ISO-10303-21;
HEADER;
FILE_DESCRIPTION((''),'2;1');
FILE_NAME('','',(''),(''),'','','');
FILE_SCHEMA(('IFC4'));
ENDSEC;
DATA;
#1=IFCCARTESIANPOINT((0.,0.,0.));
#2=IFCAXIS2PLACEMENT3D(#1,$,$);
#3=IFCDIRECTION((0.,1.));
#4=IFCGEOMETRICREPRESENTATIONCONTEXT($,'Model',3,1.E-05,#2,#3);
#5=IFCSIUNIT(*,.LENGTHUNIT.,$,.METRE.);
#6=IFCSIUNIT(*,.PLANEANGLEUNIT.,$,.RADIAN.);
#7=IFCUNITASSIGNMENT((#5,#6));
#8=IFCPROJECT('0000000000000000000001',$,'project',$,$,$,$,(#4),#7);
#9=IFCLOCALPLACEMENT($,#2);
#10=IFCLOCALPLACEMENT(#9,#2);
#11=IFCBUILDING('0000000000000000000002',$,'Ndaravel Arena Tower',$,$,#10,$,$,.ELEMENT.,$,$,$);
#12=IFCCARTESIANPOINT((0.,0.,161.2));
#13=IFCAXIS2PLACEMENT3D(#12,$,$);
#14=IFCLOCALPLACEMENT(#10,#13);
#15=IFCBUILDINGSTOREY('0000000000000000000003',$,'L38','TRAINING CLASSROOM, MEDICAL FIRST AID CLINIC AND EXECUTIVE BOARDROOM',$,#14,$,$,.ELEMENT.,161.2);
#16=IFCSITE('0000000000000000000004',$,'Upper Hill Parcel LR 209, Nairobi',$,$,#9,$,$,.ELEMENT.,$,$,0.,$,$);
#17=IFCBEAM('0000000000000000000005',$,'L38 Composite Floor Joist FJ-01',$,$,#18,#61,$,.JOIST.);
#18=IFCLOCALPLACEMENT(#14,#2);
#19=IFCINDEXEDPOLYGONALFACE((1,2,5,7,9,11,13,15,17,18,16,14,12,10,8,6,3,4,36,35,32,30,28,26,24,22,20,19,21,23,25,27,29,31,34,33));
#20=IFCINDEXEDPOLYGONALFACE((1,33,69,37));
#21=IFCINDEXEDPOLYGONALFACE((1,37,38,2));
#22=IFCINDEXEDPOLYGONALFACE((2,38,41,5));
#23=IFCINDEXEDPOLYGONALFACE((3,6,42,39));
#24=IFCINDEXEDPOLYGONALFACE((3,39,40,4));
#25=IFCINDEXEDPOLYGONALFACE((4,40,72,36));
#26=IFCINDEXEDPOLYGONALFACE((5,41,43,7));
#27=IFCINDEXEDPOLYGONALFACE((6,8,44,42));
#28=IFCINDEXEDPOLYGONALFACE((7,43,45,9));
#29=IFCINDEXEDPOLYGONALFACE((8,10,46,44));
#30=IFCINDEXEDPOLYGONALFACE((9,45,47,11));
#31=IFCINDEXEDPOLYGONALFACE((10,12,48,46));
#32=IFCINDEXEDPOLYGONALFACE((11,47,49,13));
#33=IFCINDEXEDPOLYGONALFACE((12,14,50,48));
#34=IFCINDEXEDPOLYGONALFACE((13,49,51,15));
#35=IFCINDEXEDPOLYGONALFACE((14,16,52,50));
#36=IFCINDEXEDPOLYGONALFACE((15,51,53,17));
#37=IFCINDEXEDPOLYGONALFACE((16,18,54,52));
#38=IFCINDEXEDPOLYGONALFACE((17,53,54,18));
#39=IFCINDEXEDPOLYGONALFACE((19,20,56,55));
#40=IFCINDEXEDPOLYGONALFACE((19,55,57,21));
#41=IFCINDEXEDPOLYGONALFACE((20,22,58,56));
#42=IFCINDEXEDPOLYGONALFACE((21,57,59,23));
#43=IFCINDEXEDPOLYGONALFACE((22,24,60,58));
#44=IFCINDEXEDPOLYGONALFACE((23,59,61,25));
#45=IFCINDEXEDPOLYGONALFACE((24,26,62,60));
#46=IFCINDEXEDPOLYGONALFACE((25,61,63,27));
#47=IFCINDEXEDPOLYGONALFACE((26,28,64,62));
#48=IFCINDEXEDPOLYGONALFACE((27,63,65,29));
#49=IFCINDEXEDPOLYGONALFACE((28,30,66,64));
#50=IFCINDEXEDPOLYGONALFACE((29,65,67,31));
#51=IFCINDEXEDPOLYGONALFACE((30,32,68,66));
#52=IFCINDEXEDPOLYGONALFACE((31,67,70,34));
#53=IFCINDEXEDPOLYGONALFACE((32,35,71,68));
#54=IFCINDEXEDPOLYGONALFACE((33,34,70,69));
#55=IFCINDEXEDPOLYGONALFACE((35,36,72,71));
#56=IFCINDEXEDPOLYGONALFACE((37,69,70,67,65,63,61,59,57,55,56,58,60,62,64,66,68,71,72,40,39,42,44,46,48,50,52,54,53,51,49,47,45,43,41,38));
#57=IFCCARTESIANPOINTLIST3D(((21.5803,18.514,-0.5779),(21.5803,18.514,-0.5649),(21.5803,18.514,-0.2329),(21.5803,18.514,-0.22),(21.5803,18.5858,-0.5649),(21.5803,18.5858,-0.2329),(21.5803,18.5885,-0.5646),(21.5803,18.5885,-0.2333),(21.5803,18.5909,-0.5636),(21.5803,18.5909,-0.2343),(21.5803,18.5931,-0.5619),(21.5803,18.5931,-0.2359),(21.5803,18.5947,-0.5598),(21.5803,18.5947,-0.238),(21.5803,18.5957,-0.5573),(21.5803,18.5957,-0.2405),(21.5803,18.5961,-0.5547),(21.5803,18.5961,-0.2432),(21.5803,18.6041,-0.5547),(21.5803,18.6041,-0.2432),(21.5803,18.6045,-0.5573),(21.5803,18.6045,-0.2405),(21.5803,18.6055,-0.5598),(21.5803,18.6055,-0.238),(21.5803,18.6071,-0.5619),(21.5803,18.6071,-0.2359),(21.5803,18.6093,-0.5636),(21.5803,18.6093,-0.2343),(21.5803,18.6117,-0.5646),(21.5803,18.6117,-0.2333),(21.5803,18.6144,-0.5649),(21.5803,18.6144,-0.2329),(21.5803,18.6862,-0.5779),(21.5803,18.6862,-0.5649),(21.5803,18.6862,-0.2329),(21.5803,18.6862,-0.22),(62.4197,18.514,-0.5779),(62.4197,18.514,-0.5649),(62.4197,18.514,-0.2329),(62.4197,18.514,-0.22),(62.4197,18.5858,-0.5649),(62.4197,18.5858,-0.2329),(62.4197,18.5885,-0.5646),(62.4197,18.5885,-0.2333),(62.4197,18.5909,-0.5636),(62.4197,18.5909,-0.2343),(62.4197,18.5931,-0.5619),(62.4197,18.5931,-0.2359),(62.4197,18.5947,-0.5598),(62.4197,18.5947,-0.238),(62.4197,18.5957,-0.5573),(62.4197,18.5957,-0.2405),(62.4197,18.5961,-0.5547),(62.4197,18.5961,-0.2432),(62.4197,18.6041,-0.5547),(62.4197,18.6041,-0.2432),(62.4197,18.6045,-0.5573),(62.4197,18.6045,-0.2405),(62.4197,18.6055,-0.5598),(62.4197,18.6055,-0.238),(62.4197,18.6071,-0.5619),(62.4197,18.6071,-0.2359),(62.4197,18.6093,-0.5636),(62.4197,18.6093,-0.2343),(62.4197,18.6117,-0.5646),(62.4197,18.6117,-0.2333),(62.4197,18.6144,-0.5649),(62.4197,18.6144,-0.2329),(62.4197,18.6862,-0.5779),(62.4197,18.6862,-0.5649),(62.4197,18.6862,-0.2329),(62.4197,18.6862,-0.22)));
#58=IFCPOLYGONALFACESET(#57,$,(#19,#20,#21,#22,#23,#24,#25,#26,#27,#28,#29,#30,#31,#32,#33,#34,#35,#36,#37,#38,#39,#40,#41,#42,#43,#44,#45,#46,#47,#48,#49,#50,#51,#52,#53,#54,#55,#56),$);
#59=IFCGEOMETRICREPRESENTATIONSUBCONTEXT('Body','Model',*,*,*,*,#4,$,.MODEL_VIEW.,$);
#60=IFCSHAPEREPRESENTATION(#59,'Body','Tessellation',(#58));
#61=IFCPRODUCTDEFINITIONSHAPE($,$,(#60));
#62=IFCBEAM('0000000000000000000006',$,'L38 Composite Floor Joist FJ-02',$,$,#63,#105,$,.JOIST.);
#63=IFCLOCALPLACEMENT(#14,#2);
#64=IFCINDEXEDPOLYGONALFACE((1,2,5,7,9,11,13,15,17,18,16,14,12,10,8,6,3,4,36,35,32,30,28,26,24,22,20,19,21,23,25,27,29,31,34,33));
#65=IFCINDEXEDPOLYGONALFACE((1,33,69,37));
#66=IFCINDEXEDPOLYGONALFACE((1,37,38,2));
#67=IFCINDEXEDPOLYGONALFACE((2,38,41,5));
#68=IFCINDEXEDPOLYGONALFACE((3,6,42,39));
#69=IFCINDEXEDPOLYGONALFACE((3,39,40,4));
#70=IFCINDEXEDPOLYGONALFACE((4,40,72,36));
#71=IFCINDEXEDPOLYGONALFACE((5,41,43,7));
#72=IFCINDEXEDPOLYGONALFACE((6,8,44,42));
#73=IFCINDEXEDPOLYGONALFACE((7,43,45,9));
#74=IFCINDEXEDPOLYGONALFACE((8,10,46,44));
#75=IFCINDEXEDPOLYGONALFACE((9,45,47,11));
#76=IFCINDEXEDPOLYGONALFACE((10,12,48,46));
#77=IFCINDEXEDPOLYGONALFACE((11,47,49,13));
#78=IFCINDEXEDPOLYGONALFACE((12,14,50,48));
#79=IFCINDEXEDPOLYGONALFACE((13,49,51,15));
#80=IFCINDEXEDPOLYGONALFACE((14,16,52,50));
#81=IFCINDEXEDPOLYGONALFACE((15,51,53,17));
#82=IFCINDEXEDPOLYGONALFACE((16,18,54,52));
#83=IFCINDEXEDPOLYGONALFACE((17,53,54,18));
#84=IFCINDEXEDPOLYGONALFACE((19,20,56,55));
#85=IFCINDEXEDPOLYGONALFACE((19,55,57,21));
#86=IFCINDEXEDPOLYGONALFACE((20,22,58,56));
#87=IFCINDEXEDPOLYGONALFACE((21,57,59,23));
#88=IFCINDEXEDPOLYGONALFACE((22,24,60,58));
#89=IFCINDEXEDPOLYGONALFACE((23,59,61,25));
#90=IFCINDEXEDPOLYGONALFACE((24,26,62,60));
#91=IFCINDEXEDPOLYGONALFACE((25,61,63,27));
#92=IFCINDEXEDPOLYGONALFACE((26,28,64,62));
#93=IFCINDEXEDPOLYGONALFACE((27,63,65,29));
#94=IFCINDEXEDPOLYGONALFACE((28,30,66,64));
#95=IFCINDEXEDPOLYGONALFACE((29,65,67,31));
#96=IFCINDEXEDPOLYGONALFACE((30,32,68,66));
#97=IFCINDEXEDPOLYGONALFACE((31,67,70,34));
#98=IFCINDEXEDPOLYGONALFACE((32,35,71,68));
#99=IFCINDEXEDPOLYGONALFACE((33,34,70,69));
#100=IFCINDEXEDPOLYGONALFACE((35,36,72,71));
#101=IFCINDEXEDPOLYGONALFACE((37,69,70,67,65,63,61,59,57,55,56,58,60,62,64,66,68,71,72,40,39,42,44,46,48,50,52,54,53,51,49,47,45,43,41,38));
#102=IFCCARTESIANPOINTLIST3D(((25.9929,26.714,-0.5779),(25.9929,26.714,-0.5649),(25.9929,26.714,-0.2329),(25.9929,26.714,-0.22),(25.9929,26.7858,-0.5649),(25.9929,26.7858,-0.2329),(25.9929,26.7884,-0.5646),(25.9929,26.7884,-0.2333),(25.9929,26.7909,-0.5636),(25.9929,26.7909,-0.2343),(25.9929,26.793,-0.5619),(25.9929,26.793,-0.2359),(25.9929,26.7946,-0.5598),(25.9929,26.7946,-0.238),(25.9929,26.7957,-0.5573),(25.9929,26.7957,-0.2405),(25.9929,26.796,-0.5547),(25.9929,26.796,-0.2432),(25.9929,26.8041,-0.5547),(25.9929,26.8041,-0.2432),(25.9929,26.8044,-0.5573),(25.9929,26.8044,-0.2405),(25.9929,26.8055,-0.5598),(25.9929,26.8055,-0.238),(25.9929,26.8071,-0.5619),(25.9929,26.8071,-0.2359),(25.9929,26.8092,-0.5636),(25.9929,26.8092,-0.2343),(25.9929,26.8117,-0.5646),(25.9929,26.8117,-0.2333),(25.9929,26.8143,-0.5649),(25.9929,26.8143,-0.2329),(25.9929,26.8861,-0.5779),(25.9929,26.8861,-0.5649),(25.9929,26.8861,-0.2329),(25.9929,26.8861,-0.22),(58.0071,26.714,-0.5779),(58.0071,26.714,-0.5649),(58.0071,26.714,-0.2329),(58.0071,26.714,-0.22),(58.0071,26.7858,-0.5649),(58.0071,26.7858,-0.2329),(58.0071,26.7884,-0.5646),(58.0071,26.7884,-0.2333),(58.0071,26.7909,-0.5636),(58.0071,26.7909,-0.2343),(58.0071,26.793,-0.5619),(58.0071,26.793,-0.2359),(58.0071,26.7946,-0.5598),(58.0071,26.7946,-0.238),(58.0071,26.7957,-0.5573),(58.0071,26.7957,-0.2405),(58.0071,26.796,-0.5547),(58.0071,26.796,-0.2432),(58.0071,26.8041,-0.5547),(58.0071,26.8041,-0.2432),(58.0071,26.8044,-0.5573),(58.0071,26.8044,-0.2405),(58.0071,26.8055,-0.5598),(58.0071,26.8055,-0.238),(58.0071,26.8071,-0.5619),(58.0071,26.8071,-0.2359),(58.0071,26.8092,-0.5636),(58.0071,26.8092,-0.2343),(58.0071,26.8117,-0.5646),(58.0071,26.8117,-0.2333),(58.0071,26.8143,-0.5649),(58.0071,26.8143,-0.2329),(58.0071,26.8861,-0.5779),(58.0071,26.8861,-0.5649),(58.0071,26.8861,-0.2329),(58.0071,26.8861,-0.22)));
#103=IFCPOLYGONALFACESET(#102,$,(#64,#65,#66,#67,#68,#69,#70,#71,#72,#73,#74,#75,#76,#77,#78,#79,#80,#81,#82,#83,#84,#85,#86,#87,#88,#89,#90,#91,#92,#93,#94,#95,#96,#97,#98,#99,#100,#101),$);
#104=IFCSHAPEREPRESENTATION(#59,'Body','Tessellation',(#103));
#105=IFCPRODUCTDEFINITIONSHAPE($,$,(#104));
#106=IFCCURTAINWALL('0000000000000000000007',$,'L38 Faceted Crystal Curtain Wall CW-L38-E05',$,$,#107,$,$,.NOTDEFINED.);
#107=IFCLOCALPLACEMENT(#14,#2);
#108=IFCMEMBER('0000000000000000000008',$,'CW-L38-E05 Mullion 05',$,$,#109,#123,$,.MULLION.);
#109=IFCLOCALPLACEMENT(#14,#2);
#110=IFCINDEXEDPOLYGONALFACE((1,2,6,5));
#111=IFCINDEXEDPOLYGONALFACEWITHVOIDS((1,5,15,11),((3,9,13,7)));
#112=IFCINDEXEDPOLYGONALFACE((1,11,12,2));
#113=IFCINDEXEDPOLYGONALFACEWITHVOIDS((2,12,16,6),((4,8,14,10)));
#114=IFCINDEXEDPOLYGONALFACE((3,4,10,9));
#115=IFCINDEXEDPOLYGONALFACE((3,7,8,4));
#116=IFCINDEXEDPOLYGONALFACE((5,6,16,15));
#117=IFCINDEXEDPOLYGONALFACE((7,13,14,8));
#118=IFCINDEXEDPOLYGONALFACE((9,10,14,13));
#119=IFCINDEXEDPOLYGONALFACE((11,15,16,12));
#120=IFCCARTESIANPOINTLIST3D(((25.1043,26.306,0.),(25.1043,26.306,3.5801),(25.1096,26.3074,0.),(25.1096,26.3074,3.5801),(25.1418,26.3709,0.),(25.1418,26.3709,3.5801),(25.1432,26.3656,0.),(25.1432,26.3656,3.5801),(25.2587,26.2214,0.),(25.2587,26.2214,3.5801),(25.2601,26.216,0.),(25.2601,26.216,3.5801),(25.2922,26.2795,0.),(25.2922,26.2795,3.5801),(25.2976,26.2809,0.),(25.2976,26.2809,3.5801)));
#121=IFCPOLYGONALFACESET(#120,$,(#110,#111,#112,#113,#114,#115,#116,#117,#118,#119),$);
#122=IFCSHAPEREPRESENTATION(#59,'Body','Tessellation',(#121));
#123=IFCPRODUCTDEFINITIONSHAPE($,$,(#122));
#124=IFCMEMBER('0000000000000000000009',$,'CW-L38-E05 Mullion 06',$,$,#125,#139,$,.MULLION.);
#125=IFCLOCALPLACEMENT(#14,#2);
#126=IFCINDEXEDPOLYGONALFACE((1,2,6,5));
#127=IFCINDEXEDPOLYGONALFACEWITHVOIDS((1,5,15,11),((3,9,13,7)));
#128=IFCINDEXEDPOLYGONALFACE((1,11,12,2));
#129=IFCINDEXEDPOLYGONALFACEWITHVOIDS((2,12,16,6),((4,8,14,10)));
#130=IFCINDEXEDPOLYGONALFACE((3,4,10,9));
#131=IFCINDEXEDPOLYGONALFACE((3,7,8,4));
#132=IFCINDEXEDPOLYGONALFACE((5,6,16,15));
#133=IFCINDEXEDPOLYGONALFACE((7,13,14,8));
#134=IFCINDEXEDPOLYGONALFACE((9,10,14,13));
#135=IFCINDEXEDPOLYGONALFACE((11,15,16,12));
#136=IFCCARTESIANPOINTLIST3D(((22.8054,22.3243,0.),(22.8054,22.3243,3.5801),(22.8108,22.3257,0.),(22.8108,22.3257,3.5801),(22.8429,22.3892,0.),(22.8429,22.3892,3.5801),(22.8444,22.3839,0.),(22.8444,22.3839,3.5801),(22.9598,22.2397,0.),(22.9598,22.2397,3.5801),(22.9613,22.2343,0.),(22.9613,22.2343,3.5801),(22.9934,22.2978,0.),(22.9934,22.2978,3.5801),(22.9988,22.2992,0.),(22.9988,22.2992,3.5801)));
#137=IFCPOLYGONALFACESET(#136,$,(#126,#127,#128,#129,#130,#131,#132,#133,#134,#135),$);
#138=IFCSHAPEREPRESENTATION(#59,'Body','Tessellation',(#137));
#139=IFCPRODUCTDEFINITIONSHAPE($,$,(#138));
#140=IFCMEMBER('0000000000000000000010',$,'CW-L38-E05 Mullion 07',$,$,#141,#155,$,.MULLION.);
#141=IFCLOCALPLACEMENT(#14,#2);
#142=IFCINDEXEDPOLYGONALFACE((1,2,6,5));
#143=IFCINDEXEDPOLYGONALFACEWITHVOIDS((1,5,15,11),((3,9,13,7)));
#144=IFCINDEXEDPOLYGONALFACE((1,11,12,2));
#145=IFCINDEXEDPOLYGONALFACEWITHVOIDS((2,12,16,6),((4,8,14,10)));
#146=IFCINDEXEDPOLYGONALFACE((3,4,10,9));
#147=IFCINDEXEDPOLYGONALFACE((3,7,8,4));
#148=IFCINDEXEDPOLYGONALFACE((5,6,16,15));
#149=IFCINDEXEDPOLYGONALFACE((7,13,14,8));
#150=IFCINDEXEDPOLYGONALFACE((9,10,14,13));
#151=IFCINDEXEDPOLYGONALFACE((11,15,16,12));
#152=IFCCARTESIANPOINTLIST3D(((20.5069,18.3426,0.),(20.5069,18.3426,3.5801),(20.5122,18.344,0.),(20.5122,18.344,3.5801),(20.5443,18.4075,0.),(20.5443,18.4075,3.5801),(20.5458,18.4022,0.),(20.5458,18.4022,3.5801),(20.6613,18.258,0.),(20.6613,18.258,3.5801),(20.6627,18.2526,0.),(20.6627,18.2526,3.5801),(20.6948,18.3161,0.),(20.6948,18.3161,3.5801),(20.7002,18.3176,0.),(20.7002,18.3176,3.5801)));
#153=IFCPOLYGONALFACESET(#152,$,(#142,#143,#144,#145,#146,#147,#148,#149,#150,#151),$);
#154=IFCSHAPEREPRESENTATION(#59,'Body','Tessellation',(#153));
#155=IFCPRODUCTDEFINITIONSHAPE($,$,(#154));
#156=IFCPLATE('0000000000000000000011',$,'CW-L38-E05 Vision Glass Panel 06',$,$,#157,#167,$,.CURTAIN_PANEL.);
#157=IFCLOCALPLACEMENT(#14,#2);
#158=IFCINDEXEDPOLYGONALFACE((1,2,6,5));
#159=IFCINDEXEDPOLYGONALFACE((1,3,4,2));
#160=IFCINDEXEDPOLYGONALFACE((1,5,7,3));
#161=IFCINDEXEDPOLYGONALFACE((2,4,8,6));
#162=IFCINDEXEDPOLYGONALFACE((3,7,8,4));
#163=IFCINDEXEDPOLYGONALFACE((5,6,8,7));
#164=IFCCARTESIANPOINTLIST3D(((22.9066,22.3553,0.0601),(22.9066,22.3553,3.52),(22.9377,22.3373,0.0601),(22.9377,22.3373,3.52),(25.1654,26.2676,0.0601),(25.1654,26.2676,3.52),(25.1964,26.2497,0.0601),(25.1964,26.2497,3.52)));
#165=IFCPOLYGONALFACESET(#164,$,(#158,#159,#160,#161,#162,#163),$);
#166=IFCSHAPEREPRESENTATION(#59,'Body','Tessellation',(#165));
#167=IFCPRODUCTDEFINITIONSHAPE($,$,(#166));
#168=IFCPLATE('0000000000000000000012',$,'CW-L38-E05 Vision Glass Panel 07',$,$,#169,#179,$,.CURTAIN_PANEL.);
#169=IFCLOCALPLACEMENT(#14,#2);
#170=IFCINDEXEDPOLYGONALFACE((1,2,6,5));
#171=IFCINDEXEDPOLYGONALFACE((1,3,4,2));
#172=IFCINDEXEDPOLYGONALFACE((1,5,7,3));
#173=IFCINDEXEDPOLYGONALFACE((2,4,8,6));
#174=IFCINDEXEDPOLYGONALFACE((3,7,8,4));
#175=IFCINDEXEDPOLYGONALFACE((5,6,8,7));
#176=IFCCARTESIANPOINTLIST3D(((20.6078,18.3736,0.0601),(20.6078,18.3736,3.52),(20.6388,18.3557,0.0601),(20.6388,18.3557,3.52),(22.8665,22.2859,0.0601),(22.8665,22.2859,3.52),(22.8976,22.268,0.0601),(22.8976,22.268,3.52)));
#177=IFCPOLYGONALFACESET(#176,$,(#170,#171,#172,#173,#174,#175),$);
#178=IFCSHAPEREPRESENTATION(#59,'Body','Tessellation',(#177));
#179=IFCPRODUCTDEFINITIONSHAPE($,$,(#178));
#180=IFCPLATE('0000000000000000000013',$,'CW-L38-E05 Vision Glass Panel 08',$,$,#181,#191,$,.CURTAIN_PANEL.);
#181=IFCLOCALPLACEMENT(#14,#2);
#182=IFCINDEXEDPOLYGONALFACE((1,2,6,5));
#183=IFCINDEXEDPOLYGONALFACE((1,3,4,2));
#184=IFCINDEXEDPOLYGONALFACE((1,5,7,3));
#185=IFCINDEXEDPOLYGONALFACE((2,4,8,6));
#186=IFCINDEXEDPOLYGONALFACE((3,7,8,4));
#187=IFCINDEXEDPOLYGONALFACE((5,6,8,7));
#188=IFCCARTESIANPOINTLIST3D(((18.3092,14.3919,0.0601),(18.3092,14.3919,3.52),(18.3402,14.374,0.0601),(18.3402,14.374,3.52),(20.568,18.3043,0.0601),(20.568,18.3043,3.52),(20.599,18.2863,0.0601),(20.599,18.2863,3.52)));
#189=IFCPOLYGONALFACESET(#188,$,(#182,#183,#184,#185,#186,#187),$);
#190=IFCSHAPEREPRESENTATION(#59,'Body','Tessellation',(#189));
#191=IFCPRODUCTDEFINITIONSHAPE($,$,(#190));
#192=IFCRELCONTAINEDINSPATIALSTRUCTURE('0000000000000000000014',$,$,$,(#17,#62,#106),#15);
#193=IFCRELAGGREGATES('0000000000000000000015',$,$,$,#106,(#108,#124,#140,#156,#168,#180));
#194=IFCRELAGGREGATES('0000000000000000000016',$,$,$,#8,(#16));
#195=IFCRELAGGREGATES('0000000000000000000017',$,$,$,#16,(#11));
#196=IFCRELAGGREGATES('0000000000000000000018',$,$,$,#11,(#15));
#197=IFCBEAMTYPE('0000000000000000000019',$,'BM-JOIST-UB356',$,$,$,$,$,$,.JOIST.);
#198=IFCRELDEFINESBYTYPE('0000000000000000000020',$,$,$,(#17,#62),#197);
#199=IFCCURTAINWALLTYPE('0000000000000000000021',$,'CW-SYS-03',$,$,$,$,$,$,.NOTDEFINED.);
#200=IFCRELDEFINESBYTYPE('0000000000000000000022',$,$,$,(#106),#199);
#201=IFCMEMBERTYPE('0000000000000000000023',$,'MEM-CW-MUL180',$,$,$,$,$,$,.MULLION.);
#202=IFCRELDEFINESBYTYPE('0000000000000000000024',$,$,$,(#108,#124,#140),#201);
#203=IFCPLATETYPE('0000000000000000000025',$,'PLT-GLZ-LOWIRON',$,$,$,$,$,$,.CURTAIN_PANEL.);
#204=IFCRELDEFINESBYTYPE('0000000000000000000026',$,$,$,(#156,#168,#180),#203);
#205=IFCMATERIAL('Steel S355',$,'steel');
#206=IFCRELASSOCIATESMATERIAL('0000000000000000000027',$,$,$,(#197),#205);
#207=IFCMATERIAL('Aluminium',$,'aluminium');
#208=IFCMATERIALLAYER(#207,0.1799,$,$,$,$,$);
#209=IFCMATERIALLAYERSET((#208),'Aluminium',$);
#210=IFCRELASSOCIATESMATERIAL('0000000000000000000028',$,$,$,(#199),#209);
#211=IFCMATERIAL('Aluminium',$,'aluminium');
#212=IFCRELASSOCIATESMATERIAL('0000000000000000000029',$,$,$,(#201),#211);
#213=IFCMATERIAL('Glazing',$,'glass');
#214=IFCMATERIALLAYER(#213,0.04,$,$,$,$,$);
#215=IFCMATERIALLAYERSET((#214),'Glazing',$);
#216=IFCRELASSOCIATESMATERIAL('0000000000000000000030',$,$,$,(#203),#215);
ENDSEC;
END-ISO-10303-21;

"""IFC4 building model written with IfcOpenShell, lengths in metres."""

from ifc_helpers import new_model, si_unit, direction, frame, origin, origin_2d, place, context, subcontext, project, spatial, rectangle, hollow_rectangle, i_section, extrude, material, layer, layer_set, material_profile, profile_set, type_object, element, aggregate, save


model = new_model("IFC4")

# Units and contexts
model_context = context("Model", 3, precision=1e-05, world=origin(), true_north=direction((0.0, 1.0)))
body_context = subcontext(model_context, "Body", "Model", "MODEL_VIEW")
ifc_project = project(units=[si_unit("LENGTHUNIT", "METRE"), si_unit("PLANEANGLEUNIT", "RADIAN")], contexts=[model_context])

# Site, building, storey
site_placement = place(None, origin())
site = spatial("IfcSite", under=ifc_project, at=site_placement, Name="Upper Hill Parcel LR 209, Nairobi", CompositionType="ELEMENT", RefElevation=0.0)
building_placement = place(site_placement, origin())
building = spatial("IfcBuilding", under=site, at=building_placement, Name="Ndaravel Arena Tower", CompositionType="ELEMENT")
storey_placement = place(building_placement, frame((0.0, 0.0, 161.2)))
storey = spatial("IfcBuildingStorey", under=building, at=storey_placement, Name="L38", Description="TRAINING CLASSROOM, MEDICAL FIRST AID CLINIC AND EXECUTIVE BOARDROOM", CompositionType="ELEMENT", Elevation=161.2)

# Beams
ifc_material_1 = material(Name="Steel S355", Category="steel")
ifc_material_profile_1 = material_profile(ifc_material_1, i_section(OverallWidth=0.1721, OverallDepth=0.3579, WebThickness=0.0081, FlangeThickness=0.0129, FilletRadius=0.0103, at=origin_2d()), Name="UB 356x171x57")
ifc_profile_set_1 = profile_set([ifc_material_profile_1], Name="Steel S355")
beam_type = type_object("IfcBeamType", Name="BM-JOIST-UB356", PredefinedType="JOIST", material=ifc_profile_set_1)
beam_1_placement = place(storey_placement, frame((21.5803, 18.6001, -0.3989), z_axis=(1.0, 0.0, 0.0), x_axis=(0.0, 1.0, 0.0)))
element("IfcBeam", 1, at=beam_1_placement, inside=storey, type_object=beam_type, Name="L38 Composite Floor Joist FJ-01", PredefinedType="JOIST", context=body_context, shape_type="SweptSolid", body=[
    extrude(i_section(OverallWidth=0.1721, OverallDepth=0.3579, WebThickness=0.0081, FlangeThickness=0.0129, FilletRadius=0.0103, at=origin_2d()), origin(), (0.0, 0.0, 1.0), 40.8394),
])
beam_2_placement = place(storey_placement, frame((25.9929, 26.8, -0.3989), z_axis=(1.0, 0.0, 0.0), x_axis=(0.0, 1.0, 0.0)))
element("IfcBeam", 2, at=beam_2_placement, inside=storey, type_object=beam_type, Name="L38 Composite Floor Joist FJ-02", PredefinedType="JOIST", context=body_context, shape_type="SweptSolid", body=[
    extrude(i_section(OverallWidth=0.1721, OverallDepth=0.3579, WebThickness=0.0081, FlangeThickness=0.0129, FilletRadius=0.0103, at=origin_2d()), origin(), (0.0, 0.0, 1.0), 32.0142),
])

# Curtain wall, members, plates
ifc_material_2 = material(Name="Aluminium", Category="aluminium")
ifc_layer_1 = layer(ifc_material_2, 0.1799)
ifc_layer_set_1 = layer_set([ifc_layer_1], Name="Aluminium")
curtain_wall_type = type_object("IfcCurtainWallType", Name="CW-SYS-03", PredefinedType="NOTDEFINED", material=ifc_layer_set_1)
curtain_wall_placement = place(storey_placement, origin())
curtain_wall = element("IfcCurtainWall", 3, at=curtain_wall_placement, inside=storey, type_object=curtain_wall_type, Name="L38 Faceted Crystal Curtain Wall CW-L38-E05", PredefinedType="NOTDEFINED")
ifc_material_3 = material(Name="Aluminium", Category="aluminium")
ifc_material_profile_2 = material_profile(ifc_material_3, hollow_rectangle(XDim=0.075, YDim=0.1799, WallThickness=0.0039, at=origin_2d()), Name="CW MULLION 75x180x4")
ifc_profile_set_2 = profile_set([ifc_material_profile_2], Name="Aluminium")
member_type = type_object("IfcMemberType", Name="MEM-CW-MUL180", PredefinedType="MULLION", material=ifc_profile_set_2)
member_1_placement = place(storey_placement, frame((25.2009, 26.2935, 0.0), z_axis=(0.0, 0.0, 1.0), x_axis=(-0.5, -0.866025, 0.0)))
member_1 = element("IfcMember", 4, at=member_1_placement, type_object=member_type, Name="CW-L38-E05 Mullion 05", PredefinedType="MULLION", context=body_context, shape_type="SweptSolid", body=[
    extrude(hollow_rectangle(XDim=0.075, YDim=0.1799, WallThickness=0.0039, at=origin_2d()), origin(), (0.0, 0.0, 1.0), 3.5801),
])
member_2_placement = place(storey_placement, frame((22.9021, 22.3118, 0.0), z_axis=(0.0, 0.0, 1.0), x_axis=(-0.5, -0.866025, 0.0)))
member_2 = element("IfcMember", 5, at=member_2_placement, type_object=member_type, Name="CW-L38-E05 Mullion 06", PredefinedType="MULLION", context=body_context, shape_type="SweptSolid", body=[
    extrude(hollow_rectangle(XDim=0.075, YDim=0.1799, WallThickness=0.0039, at=origin_2d()), origin(), (0.0, 0.0, 1.0), 3.5801),
])
member_3_placement = place(storey_placement, frame((20.6035, 18.3301, 0.0), z_axis=(0.0, 0.0, 1.0), x_axis=(-0.5, -0.866025, 0.0)))
member_3 = element("IfcMember", 6, at=member_3_placement, type_object=member_type, Name="CW-L38-E05 Mullion 07", PredefinedType="MULLION", context=body_context, shape_type="SweptSolid", body=[
    extrude(hollow_rectangle(XDim=0.075, YDim=0.1799, WallThickness=0.0039, at=origin_2d()), origin(), (0.0, 0.0, 1.0), 3.5801),
])
ifc_material_4 = material(Name="Glazing", Category="glass")
ifc_layer_2 = layer(ifc_material_4, 0.04)
ifc_layer_set_2 = layer_set([ifc_layer_2], Name="Glazing")
plate_type = type_object("IfcPlateType", Name="PLT-GLZ-LOWIRON", PredefinedType="CURTAIN_PANEL", material=ifc_layer_set_2)
plate_1_placement = place(storey_placement, frame((24.0515, 24.3025, 0.0601), z_axis=(0.0, 0.0, 1.0), x_axis=(-0.5, -0.866025, 0.0)))
plate_1 = element("IfcPlate", 7, at=plate_1_placement, type_object=plate_type, Name="CW-L38-E05 Vision Glass Panel 06", PredefinedType="CURTAIN_PANEL", context=body_context, shape_type="SweptSolid", body=[
    extrude(rectangle(XDim=4.5176, YDim=0.0359, at=origin_2d()), origin(), (0.0, 0.0, 1.0), 3.46),
])
plate_2_placement = place(storey_placement, frame((21.7527, 20.3208, 0.0601), z_axis=(0.0, 0.0, 1.0), x_axis=(-0.5, -0.866025, 0.0)))
plate_2 = element("IfcPlate", 8, at=plate_2_placement, type_object=plate_type, Name="CW-L38-E05 Vision Glass Panel 07", PredefinedType="CURTAIN_PANEL", context=body_context, shape_type="SweptSolid", body=[
    extrude(rectangle(XDim=4.5176, YDim=0.0359, at=origin_2d()), origin(), (0.0, 0.0, 1.0), 3.46),
])
plate_3_placement = place(storey_placement, frame((19.4541, 16.3391, 0.0601), z_axis=(0.0, 0.0, 1.0), x_axis=(-0.5, -0.866025, 0.0)))
plate_3 = element("IfcPlate", 9, at=plate_3_placement, type_object=plate_type, Name="CW-L38-E05 Vision Glass Panel 08", PredefinedType="CURTAIN_PANEL", context=body_context, shape_type="SweptSolid", body=[
    extrude(rectangle(XDim=4.5176, YDim=0.0359, at=origin_2d()), origin(), (0.0, 0.0, 1.0), 3.46),
])
aggregate(curtain_wall, [member_1, member_2, member_3, plate_1, plate_2, plate_3])

save(model, "model.ifc")
